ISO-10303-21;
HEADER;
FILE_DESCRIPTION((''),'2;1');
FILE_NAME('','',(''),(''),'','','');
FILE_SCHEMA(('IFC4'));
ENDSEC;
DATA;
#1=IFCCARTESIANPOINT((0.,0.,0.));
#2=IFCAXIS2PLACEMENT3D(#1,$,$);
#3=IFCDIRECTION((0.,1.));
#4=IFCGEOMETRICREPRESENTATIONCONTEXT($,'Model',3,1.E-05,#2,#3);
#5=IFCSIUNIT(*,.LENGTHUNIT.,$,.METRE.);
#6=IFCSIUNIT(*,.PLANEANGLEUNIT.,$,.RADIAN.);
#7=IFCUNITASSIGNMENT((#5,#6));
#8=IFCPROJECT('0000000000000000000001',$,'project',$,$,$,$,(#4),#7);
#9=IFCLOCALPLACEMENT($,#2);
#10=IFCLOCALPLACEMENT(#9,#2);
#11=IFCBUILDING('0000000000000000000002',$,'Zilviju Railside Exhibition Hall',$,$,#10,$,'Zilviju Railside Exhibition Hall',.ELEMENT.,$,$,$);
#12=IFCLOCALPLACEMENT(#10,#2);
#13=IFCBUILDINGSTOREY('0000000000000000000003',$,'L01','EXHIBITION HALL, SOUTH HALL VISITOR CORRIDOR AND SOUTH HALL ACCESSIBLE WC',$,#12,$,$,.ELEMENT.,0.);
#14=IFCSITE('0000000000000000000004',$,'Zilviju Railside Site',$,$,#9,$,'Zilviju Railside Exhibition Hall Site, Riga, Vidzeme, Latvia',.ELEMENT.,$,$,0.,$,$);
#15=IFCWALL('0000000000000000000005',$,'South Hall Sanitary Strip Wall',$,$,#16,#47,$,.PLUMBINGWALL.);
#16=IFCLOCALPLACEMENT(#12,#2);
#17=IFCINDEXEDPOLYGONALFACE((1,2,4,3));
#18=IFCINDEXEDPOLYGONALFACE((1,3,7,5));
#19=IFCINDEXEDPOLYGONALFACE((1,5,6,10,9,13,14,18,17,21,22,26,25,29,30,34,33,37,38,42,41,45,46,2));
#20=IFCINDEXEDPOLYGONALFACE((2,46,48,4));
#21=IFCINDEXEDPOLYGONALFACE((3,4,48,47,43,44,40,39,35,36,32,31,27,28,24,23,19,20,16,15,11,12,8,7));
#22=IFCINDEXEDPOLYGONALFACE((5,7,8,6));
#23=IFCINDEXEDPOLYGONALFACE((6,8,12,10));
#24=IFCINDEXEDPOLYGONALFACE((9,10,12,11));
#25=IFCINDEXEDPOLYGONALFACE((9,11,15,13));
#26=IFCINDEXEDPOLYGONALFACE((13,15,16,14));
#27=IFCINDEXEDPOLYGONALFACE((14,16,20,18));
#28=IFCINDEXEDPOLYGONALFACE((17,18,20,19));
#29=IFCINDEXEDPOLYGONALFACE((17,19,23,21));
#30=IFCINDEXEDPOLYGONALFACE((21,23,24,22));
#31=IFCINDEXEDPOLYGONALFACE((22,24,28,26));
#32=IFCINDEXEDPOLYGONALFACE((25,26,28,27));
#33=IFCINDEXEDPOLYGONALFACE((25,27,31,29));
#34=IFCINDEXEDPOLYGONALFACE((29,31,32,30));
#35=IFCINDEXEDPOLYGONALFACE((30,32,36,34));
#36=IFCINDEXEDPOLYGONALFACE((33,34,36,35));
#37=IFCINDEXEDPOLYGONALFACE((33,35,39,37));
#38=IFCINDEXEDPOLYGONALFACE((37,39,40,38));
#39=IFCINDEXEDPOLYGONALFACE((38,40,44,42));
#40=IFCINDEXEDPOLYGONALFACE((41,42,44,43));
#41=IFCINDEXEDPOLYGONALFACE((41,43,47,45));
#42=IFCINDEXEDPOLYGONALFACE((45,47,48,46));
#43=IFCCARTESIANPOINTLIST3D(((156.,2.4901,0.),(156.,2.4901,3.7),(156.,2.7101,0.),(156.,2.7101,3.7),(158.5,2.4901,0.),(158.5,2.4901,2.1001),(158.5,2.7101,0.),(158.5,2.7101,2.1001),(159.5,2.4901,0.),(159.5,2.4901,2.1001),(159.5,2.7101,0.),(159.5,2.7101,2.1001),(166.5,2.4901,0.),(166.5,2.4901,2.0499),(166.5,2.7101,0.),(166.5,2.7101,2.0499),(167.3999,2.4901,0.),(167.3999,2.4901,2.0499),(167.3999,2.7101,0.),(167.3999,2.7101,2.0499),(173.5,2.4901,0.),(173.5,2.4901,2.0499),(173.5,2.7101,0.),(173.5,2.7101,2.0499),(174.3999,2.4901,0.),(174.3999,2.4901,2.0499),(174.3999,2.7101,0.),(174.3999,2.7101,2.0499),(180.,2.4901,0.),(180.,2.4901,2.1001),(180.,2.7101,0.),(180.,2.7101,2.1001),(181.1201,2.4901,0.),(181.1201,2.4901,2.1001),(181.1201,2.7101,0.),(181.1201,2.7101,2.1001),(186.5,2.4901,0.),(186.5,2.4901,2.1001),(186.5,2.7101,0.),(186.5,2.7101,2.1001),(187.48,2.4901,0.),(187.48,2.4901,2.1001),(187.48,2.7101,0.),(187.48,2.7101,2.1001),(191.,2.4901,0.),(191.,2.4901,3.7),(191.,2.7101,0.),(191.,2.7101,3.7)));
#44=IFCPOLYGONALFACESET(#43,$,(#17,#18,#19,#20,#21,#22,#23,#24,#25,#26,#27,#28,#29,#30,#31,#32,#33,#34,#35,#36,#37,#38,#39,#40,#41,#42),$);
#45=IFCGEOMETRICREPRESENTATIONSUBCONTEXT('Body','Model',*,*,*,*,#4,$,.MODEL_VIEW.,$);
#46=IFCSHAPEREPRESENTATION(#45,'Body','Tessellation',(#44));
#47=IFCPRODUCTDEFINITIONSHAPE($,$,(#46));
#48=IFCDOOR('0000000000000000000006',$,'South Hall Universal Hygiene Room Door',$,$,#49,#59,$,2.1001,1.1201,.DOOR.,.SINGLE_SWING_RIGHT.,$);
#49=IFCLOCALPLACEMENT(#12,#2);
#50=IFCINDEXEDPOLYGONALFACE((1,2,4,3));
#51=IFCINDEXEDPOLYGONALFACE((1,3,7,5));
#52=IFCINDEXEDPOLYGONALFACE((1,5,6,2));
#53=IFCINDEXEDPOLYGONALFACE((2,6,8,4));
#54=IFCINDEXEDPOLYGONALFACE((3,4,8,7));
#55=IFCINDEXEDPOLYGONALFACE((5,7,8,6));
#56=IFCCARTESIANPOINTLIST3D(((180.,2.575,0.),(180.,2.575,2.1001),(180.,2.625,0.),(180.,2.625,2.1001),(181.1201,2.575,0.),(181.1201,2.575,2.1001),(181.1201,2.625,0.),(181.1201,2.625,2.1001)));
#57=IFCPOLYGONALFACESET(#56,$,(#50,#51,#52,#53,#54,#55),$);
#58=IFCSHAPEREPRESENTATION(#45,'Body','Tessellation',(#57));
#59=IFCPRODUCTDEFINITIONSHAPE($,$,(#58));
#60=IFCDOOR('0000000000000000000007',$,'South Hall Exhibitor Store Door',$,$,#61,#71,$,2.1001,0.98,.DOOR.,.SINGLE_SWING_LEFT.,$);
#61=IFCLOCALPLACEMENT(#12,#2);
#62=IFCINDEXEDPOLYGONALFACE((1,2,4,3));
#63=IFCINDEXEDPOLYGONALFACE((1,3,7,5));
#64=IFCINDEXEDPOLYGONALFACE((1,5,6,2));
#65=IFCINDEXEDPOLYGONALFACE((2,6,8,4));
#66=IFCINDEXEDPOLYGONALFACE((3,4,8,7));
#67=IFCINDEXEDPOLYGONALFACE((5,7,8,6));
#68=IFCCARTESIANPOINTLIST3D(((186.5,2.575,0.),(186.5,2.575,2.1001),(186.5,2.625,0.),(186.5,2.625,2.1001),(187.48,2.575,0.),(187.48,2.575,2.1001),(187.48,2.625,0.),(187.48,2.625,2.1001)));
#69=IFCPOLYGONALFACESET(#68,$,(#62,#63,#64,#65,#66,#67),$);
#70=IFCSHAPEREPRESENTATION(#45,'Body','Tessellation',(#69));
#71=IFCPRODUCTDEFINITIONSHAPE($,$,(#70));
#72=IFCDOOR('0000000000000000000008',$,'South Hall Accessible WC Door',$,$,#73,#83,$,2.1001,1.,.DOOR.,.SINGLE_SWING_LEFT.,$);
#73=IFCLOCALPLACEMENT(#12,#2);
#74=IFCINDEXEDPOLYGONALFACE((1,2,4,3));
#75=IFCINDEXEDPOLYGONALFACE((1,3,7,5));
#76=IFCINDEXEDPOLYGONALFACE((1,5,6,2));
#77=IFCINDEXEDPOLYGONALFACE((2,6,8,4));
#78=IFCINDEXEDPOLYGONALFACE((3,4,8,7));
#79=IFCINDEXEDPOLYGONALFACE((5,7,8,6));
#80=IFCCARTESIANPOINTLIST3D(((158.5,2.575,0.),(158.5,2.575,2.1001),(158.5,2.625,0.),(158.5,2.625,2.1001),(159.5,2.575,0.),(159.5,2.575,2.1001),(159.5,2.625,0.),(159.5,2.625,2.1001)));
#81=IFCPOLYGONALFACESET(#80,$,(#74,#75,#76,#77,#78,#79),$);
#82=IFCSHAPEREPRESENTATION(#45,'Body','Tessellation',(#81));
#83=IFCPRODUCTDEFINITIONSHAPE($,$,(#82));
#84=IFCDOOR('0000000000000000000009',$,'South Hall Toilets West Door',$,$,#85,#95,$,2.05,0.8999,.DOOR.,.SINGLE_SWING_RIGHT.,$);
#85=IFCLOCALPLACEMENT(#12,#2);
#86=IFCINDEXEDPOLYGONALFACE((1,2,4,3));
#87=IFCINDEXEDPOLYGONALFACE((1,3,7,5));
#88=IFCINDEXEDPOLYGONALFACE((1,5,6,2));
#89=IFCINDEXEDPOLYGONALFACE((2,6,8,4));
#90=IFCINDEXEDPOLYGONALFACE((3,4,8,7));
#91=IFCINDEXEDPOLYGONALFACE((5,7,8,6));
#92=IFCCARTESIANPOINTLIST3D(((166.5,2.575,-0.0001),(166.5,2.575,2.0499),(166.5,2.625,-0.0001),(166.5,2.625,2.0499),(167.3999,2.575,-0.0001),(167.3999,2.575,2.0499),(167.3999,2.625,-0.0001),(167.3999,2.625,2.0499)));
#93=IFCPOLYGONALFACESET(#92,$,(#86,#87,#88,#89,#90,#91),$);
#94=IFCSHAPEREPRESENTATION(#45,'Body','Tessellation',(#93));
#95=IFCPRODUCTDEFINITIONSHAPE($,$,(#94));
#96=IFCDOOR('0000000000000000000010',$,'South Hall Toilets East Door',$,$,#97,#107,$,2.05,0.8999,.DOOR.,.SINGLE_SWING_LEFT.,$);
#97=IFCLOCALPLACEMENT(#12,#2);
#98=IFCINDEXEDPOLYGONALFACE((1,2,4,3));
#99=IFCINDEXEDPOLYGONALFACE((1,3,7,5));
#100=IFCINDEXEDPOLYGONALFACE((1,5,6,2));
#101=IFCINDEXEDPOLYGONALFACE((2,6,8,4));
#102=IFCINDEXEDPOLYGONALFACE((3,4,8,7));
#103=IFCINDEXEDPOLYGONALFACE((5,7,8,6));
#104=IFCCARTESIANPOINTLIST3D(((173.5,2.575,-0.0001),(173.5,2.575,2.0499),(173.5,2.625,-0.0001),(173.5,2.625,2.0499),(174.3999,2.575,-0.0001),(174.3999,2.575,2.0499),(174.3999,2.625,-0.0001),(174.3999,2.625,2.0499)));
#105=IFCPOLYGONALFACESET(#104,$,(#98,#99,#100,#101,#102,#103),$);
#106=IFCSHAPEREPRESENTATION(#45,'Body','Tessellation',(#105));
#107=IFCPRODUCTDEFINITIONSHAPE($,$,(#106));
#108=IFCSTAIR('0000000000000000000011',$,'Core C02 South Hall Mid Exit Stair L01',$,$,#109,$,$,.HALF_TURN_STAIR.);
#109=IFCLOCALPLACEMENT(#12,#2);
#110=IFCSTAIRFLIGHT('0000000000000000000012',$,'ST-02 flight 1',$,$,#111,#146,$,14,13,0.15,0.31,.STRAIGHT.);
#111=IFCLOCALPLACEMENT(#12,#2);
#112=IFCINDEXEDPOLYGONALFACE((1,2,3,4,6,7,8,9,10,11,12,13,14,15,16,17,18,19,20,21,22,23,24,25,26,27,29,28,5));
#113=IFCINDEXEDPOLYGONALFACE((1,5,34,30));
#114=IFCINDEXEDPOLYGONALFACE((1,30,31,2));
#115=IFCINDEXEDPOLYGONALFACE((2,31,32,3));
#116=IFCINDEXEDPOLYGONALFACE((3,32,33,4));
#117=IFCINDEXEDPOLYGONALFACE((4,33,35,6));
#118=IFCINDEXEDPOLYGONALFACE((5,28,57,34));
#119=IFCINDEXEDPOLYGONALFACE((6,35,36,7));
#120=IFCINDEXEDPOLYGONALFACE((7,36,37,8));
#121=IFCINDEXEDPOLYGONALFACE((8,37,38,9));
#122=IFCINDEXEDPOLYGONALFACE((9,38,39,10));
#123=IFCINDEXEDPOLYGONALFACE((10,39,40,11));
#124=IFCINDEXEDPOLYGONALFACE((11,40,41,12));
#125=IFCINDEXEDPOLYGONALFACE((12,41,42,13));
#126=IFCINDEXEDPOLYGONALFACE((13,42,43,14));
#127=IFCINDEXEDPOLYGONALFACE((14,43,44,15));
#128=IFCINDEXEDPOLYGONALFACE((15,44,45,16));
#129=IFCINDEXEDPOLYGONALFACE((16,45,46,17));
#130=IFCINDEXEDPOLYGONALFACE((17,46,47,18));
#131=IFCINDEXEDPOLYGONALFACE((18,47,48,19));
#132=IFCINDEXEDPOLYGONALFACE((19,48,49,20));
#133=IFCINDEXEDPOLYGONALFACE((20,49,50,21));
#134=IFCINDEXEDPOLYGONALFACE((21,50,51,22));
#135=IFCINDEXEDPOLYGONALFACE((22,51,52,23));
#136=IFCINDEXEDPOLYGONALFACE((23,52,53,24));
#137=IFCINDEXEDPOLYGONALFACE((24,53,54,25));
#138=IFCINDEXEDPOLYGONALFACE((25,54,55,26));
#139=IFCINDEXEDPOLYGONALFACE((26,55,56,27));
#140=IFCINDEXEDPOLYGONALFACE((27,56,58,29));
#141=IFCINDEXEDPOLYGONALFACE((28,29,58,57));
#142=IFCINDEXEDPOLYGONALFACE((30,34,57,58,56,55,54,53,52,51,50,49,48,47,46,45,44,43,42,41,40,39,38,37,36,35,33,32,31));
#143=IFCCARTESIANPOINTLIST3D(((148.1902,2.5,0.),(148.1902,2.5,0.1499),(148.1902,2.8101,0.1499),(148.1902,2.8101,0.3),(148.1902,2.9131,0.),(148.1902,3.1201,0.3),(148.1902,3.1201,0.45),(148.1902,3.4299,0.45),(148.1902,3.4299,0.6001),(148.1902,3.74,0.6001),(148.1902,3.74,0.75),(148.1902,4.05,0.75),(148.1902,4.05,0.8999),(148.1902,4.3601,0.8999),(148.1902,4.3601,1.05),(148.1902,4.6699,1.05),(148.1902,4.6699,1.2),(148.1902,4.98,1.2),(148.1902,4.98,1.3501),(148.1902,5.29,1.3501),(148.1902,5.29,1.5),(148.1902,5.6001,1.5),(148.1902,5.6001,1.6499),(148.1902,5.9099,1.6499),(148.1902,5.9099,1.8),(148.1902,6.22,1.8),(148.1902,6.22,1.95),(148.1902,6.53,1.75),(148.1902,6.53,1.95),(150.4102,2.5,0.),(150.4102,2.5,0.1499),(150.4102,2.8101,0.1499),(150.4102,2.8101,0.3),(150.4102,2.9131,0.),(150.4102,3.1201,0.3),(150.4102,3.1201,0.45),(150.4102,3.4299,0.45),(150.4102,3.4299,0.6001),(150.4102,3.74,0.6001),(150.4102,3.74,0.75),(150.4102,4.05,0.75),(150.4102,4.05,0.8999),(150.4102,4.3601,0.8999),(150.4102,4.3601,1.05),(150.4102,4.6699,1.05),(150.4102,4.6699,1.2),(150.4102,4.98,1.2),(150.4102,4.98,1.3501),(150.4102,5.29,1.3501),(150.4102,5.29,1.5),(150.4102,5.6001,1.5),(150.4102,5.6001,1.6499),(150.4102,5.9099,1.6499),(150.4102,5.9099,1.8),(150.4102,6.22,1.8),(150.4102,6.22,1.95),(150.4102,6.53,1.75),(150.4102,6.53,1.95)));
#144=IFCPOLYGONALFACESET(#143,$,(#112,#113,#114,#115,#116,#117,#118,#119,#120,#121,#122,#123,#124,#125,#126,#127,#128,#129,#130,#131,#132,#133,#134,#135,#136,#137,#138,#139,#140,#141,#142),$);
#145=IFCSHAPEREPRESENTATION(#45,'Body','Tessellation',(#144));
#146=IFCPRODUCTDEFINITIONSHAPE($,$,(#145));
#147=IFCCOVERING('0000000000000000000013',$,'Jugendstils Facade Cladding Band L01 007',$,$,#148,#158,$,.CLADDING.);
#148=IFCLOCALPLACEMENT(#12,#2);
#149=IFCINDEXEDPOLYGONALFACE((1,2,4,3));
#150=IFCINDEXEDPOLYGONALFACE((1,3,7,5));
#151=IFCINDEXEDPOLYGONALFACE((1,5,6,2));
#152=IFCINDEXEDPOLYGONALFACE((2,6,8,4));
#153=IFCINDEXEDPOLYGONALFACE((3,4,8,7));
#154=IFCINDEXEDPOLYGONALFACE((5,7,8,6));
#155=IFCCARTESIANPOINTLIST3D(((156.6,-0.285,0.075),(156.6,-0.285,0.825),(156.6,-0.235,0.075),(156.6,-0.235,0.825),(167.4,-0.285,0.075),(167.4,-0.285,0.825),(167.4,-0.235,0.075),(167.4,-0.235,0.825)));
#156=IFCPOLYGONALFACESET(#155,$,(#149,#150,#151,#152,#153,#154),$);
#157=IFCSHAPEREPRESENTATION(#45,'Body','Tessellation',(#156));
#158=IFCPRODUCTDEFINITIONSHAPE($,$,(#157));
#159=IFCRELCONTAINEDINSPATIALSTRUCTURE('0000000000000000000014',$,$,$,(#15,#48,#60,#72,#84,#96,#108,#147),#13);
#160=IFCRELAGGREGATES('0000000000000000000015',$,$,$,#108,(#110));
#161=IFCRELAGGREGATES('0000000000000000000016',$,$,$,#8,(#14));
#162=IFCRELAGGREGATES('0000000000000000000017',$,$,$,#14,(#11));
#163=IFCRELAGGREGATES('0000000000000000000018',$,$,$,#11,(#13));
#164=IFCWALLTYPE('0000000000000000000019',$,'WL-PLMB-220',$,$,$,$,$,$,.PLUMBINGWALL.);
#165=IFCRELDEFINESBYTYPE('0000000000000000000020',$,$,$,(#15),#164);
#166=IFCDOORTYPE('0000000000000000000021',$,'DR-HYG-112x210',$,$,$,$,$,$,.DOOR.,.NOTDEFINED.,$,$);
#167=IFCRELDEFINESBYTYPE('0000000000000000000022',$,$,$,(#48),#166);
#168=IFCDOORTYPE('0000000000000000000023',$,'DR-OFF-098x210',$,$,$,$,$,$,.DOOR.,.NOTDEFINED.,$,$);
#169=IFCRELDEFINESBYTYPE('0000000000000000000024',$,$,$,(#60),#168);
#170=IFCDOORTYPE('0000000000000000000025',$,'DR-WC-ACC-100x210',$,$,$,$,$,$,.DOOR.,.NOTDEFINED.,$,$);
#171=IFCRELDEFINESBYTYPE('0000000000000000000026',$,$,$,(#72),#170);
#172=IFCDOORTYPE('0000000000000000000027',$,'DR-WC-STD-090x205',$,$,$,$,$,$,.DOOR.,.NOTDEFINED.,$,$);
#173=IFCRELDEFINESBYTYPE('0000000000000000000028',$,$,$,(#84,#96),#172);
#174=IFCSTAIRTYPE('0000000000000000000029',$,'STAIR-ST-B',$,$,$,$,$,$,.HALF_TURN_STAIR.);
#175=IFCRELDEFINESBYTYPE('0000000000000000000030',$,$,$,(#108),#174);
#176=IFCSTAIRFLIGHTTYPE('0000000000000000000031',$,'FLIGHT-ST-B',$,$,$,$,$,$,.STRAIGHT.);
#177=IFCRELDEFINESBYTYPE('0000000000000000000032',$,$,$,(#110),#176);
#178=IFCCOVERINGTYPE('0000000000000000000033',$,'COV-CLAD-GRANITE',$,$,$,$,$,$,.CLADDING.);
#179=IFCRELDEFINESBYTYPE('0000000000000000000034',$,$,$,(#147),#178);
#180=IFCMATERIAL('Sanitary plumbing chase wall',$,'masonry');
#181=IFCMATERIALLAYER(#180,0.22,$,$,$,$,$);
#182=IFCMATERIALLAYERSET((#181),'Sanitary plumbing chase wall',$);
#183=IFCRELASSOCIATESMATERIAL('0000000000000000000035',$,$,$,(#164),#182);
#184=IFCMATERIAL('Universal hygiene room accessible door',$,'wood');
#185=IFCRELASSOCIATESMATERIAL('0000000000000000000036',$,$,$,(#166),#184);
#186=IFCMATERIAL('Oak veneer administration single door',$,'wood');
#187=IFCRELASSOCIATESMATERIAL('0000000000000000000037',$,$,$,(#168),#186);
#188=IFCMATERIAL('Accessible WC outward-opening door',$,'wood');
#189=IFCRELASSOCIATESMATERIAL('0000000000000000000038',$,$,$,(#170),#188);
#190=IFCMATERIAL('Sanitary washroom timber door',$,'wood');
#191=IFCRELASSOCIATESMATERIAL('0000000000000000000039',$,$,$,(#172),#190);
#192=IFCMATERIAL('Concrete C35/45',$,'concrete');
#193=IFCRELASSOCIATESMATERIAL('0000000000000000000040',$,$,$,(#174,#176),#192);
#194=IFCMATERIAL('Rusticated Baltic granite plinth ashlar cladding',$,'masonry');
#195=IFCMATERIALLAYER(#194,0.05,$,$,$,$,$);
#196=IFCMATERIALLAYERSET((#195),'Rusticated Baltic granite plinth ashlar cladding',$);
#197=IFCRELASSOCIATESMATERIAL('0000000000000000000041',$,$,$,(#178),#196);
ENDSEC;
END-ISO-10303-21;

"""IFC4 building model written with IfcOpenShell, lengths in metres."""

from ifc_helpers import new_model, si_unit, direction, frame, frame_2d, origin, origin_2d, place, context, subcontext, project, spatial, polyline, rectangle, outline, extrude, material, layer, layer_set, type_object, element, fill, aggregate, save


model = new_model("IFC4")

# Units and contexts
model_context = context("Model", 3, precision=1e-05, world=origin(), true_north=direction((0.0, 1.0)))
body_context = subcontext(model_context, "Body", "Model", "MODEL_VIEW")
ifc_project = project(units=[si_unit("LENGTHUNIT", "METRE"), si_unit("PLANEANGLEUNIT", "RADIAN")], contexts=[model_context])

# Site, building, storey
site_placement = place(None, origin())
site = spatial("IfcSite", under=ifc_project, at=site_placement, Name="Zilviju Railside Site", LongName="Zilviju Railside Exhibition Hall Site, Riga, Vidzeme, Latvia", CompositionType="ELEMENT", RefElevation=0.0)
building_placement = place(site_placement, origin())
building = spatial("IfcBuilding", under=site, at=building_placement, Name="Zilviju Railside Exhibition Hall", LongName="Zilviju Railside Exhibition Hall", CompositionType="ELEMENT")
storey_placement = place(building_placement, origin())
storey = spatial("IfcBuildingStorey", under=building, at=storey_placement, Name="L01", Description="EXHIBITION HALL, SOUTH HALL VISITOR CORRIDOR AND SOUTH HALL ACCESSIBLE WC", CompositionType="ELEMENT", Elevation=0.0)

# Shared definitions
ifc_material_1 = material(Name="Concrete C35/45", Category="concrete")

# Wall, openings, doors
ifc_material_2 = material(Name="Sanitary plumbing chase wall", Category="masonry")
ifc_layer_1 = layer(ifc_material_2, 0.22)
ifc_layer_set_1 = layer_set([ifc_layer_1], Name="Sanitary plumbing chase wall")
wall_type_1 = type_object("IfcWallType", Name="WL-PLMB-220", PredefinedType="PLUMBINGWALL", material=ifc_layer_set_1)
wall_1_placement = place(storey_placement, frame((156.0, 2.6001, 0.0), z_axis=(0.0, 0.0, 1.0), x_axis=(1.0, 0.0, 0.0)))
wall_1 = element("IfcWall", 1, at=wall_1_placement, inside=storey, type_object=wall_type_1, Name="South Hall Sanitary Strip Wall", PredefinedType="PLUMBINGWALL", context=body_context, shape_type="SweptSolid", body=[
    extrude(rectangle(XDim=35.0, YDim=0.22, at=frame_2d((17.5, 0.0))), origin(), (0.0, 0.0, 1.0), 3.7),
])
opening_1_placement = place(wall_1_placement, frame((2.5, 0.0, 0.0)))
opening_1 = element("IfcOpeningElement", 2, at=opening_1_placement, cuts=wall_1, PredefinedType="OPENING", context=body_context, shape_type="SweptSolid", body=[
    extrude(rectangle(XDim=1.0, YDim=2.1001, at=frame_2d((0.5, 1.05))), frame((0.0, 0.1199, 0.0), z_axis=(0.0, -1.0, 0.0), x_axis=(1.0, 0.0, 0.0)), (0.0, 0.0, 1.0), 0.24),
])
opening_2_placement = place(wall_1_placement, frame((10.5, 0.0, 0.0)))
opening_2 = element("IfcOpeningElement", 3, at=opening_2_placement, cuts=wall_1, PredefinedType="OPENING", context=body_context, shape_type="SweptSolid", body=[
    extrude(rectangle(XDim=0.8999, YDim=2.05, at=frame_2d((0.45, 1.0249))), frame((0.0, 0.1199, 0.0), z_axis=(0.0, -1.0, 0.0), x_axis=(1.0, 0.0, 0.0)), (0.0, 0.0, 1.0), 0.24),
])
opening_3_placement = place(wall_1_placement, frame((17.5, 0.0, 0.0)))
opening_3 = element("IfcOpeningElement", 4, at=opening_3_placement, cuts=wall_1, PredefinedType="OPENING", context=body_context, shape_type="SweptSolid", body=[
    extrude(rectangle(XDim=0.8999, YDim=2.05, at=frame_2d((0.45, 1.0249))), frame((0.0, 0.1199, 0.0), z_axis=(0.0, -1.0, 0.0), x_axis=(1.0, 0.0, 0.0)), (0.0, 0.0, 1.0), 0.24),
])
opening_4_placement = place(wall_1_placement, frame((24.0, 0.0, 0.0)))
opening_4 = element("IfcOpeningElement", 5, at=opening_4_placement, cuts=wall_1, PredefinedType="OPENING", context=body_context, shape_type="SweptSolid", body=[
    extrude(rectangle(XDim=1.1201, YDim=2.1001, at=frame_2d((0.5601, 1.05))), frame((0.0, 0.1199, 0.0), z_axis=(0.0, -1.0, 0.0), x_axis=(1.0, 0.0, 0.0)), (0.0, 0.0, 1.0), 0.24),
])
opening_5_placement = place(wall_1_placement, frame((30.5, 0.0, 0.0)))
opening_5 = element("IfcOpeningElement", 6, at=opening_5_placement, cuts=wall_1, PredefinedType="OPENING", context=body_context, shape_type="SweptSolid", body=[
    extrude(rectangle(XDim=0.98, YDim=2.1001, at=frame_2d((0.49, 1.05))), frame((0.0, 0.1199, 0.0), z_axis=(0.0, -1.0, 0.0), x_axis=(1.0, 0.0, 0.0)), (0.0, 0.0, 1.0), 0.24),
])
ifc_material_3 = material(Name="Universal hygiene room accessible door", Category="wood")
door_type_1 = type_object("IfcDoorType", Name="DR-HYG-112x210", OperationType="NOTDEFINED", PredefinedType="DOOR", material=ifc_material_3)
door_1_placement = place(opening_4_placement, origin())
door_1 = element("IfcDoor", 7, at=door_1_placement, inside=storey, type_object=door_type_1, Name="South Hall Universal Hygiene Room Door", OperationType="SINGLE_SWING_RIGHT", OverallHeight=2.1001, OverallWidth=1.1201, PredefinedType="DOOR", context=body_context, shape_type="SweptSolid", body=[
    extrude(rectangle(XDim=1.1201, YDim=2.1001, at=frame_2d((0.5601, 1.05))), frame((0.0, 0.0249, 0.0), z_axis=(0.0, -1.0, 0.0), x_axis=(1.0, 0.0, 0.0)), (0.0, 0.0, 1.0), 0.05),
])
fill(opening_4, door_1)
ifc_material_4 = material(Name="Oak veneer administration single door", Category="wood")
door_type_2 = type_object("IfcDoorType", Name="DR-OFF-098x210", OperationType="NOTDEFINED", PredefinedType="DOOR", material=ifc_material_4)
door_2_placement = place(opening_5_placement, origin())
door_2 = element("IfcDoor", 8, at=door_2_placement, inside=storey, type_object=door_type_2, Name="South Hall Exhibitor Store Door", OperationType="SINGLE_SWING_LEFT", OverallHeight=2.1001, OverallWidth=0.98, PredefinedType="DOOR", context=body_context, shape_type="SweptSolid", body=[
    extrude(rectangle(XDim=0.98, YDim=2.1001, at=frame_2d((0.49, 1.05))), frame((0.0, 0.0249, 0.0), z_axis=(0.0, -1.0, 0.0), x_axis=(1.0, 0.0, 0.0)), (0.0, 0.0, 1.0), 0.05),
])
fill(opening_5, door_2)
ifc_material_5 = material(Name="Accessible WC outward-opening door", Category="wood")
door_type_3 = type_object("IfcDoorType", Name="DR-WC-ACC-100x210", OperationType="NOTDEFINED", PredefinedType="DOOR", material=ifc_material_5)
door_3_placement = place(opening_1_placement, origin())
door_3 = element("IfcDoor", 9, at=door_3_placement, inside=storey, type_object=door_type_3, Name="South Hall Accessible WC Door", OperationType="SINGLE_SWING_LEFT", OverallHeight=2.1001, OverallWidth=1.0, PredefinedType="DOOR", context=body_context, shape_type="SweptSolid", body=[
    extrude(rectangle(XDim=1.0, YDim=2.1001, at=frame_2d((0.5, 1.05))), frame((0.0, 0.0249, 0.0), z_axis=(0.0, -1.0, 0.0), x_axis=(1.0, 0.0, 0.0)), (0.0, 0.0, 1.0), 0.05),
])
fill(opening_1, door_3)
ifc_material_6 = material(Name="Sanitary washroom timber door", Category="wood")
door_type_4 = type_object("IfcDoorType", Name="DR-WC-STD-090x205", OperationType="NOTDEFINED", PredefinedType="DOOR", material=ifc_material_6)
door_4_placement = place(opening_2_placement, origin())
door_4 = element("IfcDoor", 10, at=door_4_placement, inside=storey, type_object=door_type_4, Name="South Hall Toilets West Door", OperationType="SINGLE_SWING_RIGHT", OverallHeight=2.05, OverallWidth=0.8999, PredefinedType="DOOR", context=body_context, shape_type="SweptSolid", body=[
    extrude(rectangle(XDim=0.8999, YDim=2.05, at=frame_2d((0.45, 1.0249))), frame((0.0, 0.0249, 0.0), z_axis=(0.0, -1.0, 0.0), x_axis=(1.0, 0.0, 0.0)), (0.0, 0.0, 1.0), 0.05),
])
fill(opening_2, door_4)
door_5_placement = place(opening_3_placement, origin())
door_5 = element("IfcDoor", 11, at=door_5_placement, inside=storey, type_object=door_type_4, Name="South Hall Toilets East Door", OperationType="SINGLE_SWING_LEFT", OverallHeight=2.05, OverallWidth=0.8999, PredefinedType="DOOR", context=body_context, shape_type="SweptSolid", body=[
    extrude(rectangle(XDim=0.8999, YDim=2.05, at=frame_2d((0.45, 1.0249))), frame((0.0, 0.0249, 0.0), z_axis=(0.0, -1.0, 0.0), x_axis=(1.0, 0.0, 0.0)), (0.0, 0.0, 1.0), 0.05),
])
fill(opening_3, door_5)

# Stair, stair flight
stair_type = type_object("IfcStairType", Name="STAIR-ST-B", PredefinedType="HALF_TURN_STAIR", material=ifc_material_1)
stair_placement = place(storey_placement, origin())
stair = element("IfcStair", 12, at=stair_placement, inside=storey, type_object=stair_type, Name="Core C02 South Hall Mid Exit Stair L01", PredefinedType="HALF_TURN_STAIR")
stair_flight_type = type_object("IfcStairFlightType", Name="FLIGHT-ST-B", PredefinedType="STRAIGHT", material=ifc_material_1)
stair_flight_placement = place(storey_placement, frame((149.3, 2.5, 0.0), z_axis=(0.0, 0.0, 1.0), x_axis=(0.0, 1.0, 0.0)))
stair_flight = element("IfcStairFlight", 13, at=stair_flight_placement, type_object=stair_flight_type, Name="ST-02 flight 1", NumberOfRisers=14, NumberOfTreads=13, PredefinedType="STRAIGHT", RiserHeight=0.15, TreadLength=0.31, context=body_context, shape_type="SweptSolid", body=[
    extrude(outline(polyline([(0.0, 0.0), (0.0, 0.1499), (0.3101, 0.1499), (0.3101, 0.3), (0.6201, 0.3), (0.6201, 0.45), (0.9299, 0.45), (0.9299, 0.6001), (1.24, 0.6001), (1.24, 0.75), (1.55, 0.75), (1.55, 0.8999), (1.8601, 0.8999), (1.8601, 1.05), (2.1699, 1.05), (2.1699, 1.2), (2.48, 1.2), (2.48, 1.3501), (2.79, 1.3501), (2.79, 1.5), (3.1001, 1.5), (3.1001, 1.6499), (3.4099, 1.6499), (3.4099, 1.8), (3.72, 1.8), (3.72, 1.95), (4.03, 1.95), (4.03, 2.1001), (4.03, 1.75), (0.4131, 0.0), (0.0, 0.0)])), frame((0.0, 1.1099, 0.0), z_axis=(0.0, -1.0, 0.0), x_axis=(1.0, 0.0, 0.0)), (0.0, 0.0, 1.0), 2.22),
])
aggregate(stair, [stair_flight])

# Covering
ifc_material_7 = material(Name="Rusticated Baltic granite plinth ashlar cladding", Category="masonry")
ifc_layer_2 = layer(ifc_material_7, 0.05)
ifc_layer_set_2 = layer_set([ifc_layer_2], Name="Rusticated Baltic granite plinth ashlar cladding")
covering_type = type_object("IfcCoveringType", Name="COV-CLAD-GRANITE", PredefinedType="CLADDING", material=ifc_layer_set_2)
covering_placement = place(storey_placement, frame((162.0, -0.26, 0.075), z_axis=(0.0, 0.0, 1.0), x_axis=(-1.0, 0.0, 0.0)))
element("IfcCovering", 14, at=covering_placement, inside=storey, type_object=covering_type, Name="Jugendstils Facade Cladding Band L01 007", PredefinedType="CLADDING", context=body_context, shape_type="SweptSolid", body=[
    extrude(rectangle(XDim=10.8, YDim=0.05, at=origin_2d()), origin(), (0.0, 0.0, 1.0), 0.75),
])

save(model, "model.ifc")
